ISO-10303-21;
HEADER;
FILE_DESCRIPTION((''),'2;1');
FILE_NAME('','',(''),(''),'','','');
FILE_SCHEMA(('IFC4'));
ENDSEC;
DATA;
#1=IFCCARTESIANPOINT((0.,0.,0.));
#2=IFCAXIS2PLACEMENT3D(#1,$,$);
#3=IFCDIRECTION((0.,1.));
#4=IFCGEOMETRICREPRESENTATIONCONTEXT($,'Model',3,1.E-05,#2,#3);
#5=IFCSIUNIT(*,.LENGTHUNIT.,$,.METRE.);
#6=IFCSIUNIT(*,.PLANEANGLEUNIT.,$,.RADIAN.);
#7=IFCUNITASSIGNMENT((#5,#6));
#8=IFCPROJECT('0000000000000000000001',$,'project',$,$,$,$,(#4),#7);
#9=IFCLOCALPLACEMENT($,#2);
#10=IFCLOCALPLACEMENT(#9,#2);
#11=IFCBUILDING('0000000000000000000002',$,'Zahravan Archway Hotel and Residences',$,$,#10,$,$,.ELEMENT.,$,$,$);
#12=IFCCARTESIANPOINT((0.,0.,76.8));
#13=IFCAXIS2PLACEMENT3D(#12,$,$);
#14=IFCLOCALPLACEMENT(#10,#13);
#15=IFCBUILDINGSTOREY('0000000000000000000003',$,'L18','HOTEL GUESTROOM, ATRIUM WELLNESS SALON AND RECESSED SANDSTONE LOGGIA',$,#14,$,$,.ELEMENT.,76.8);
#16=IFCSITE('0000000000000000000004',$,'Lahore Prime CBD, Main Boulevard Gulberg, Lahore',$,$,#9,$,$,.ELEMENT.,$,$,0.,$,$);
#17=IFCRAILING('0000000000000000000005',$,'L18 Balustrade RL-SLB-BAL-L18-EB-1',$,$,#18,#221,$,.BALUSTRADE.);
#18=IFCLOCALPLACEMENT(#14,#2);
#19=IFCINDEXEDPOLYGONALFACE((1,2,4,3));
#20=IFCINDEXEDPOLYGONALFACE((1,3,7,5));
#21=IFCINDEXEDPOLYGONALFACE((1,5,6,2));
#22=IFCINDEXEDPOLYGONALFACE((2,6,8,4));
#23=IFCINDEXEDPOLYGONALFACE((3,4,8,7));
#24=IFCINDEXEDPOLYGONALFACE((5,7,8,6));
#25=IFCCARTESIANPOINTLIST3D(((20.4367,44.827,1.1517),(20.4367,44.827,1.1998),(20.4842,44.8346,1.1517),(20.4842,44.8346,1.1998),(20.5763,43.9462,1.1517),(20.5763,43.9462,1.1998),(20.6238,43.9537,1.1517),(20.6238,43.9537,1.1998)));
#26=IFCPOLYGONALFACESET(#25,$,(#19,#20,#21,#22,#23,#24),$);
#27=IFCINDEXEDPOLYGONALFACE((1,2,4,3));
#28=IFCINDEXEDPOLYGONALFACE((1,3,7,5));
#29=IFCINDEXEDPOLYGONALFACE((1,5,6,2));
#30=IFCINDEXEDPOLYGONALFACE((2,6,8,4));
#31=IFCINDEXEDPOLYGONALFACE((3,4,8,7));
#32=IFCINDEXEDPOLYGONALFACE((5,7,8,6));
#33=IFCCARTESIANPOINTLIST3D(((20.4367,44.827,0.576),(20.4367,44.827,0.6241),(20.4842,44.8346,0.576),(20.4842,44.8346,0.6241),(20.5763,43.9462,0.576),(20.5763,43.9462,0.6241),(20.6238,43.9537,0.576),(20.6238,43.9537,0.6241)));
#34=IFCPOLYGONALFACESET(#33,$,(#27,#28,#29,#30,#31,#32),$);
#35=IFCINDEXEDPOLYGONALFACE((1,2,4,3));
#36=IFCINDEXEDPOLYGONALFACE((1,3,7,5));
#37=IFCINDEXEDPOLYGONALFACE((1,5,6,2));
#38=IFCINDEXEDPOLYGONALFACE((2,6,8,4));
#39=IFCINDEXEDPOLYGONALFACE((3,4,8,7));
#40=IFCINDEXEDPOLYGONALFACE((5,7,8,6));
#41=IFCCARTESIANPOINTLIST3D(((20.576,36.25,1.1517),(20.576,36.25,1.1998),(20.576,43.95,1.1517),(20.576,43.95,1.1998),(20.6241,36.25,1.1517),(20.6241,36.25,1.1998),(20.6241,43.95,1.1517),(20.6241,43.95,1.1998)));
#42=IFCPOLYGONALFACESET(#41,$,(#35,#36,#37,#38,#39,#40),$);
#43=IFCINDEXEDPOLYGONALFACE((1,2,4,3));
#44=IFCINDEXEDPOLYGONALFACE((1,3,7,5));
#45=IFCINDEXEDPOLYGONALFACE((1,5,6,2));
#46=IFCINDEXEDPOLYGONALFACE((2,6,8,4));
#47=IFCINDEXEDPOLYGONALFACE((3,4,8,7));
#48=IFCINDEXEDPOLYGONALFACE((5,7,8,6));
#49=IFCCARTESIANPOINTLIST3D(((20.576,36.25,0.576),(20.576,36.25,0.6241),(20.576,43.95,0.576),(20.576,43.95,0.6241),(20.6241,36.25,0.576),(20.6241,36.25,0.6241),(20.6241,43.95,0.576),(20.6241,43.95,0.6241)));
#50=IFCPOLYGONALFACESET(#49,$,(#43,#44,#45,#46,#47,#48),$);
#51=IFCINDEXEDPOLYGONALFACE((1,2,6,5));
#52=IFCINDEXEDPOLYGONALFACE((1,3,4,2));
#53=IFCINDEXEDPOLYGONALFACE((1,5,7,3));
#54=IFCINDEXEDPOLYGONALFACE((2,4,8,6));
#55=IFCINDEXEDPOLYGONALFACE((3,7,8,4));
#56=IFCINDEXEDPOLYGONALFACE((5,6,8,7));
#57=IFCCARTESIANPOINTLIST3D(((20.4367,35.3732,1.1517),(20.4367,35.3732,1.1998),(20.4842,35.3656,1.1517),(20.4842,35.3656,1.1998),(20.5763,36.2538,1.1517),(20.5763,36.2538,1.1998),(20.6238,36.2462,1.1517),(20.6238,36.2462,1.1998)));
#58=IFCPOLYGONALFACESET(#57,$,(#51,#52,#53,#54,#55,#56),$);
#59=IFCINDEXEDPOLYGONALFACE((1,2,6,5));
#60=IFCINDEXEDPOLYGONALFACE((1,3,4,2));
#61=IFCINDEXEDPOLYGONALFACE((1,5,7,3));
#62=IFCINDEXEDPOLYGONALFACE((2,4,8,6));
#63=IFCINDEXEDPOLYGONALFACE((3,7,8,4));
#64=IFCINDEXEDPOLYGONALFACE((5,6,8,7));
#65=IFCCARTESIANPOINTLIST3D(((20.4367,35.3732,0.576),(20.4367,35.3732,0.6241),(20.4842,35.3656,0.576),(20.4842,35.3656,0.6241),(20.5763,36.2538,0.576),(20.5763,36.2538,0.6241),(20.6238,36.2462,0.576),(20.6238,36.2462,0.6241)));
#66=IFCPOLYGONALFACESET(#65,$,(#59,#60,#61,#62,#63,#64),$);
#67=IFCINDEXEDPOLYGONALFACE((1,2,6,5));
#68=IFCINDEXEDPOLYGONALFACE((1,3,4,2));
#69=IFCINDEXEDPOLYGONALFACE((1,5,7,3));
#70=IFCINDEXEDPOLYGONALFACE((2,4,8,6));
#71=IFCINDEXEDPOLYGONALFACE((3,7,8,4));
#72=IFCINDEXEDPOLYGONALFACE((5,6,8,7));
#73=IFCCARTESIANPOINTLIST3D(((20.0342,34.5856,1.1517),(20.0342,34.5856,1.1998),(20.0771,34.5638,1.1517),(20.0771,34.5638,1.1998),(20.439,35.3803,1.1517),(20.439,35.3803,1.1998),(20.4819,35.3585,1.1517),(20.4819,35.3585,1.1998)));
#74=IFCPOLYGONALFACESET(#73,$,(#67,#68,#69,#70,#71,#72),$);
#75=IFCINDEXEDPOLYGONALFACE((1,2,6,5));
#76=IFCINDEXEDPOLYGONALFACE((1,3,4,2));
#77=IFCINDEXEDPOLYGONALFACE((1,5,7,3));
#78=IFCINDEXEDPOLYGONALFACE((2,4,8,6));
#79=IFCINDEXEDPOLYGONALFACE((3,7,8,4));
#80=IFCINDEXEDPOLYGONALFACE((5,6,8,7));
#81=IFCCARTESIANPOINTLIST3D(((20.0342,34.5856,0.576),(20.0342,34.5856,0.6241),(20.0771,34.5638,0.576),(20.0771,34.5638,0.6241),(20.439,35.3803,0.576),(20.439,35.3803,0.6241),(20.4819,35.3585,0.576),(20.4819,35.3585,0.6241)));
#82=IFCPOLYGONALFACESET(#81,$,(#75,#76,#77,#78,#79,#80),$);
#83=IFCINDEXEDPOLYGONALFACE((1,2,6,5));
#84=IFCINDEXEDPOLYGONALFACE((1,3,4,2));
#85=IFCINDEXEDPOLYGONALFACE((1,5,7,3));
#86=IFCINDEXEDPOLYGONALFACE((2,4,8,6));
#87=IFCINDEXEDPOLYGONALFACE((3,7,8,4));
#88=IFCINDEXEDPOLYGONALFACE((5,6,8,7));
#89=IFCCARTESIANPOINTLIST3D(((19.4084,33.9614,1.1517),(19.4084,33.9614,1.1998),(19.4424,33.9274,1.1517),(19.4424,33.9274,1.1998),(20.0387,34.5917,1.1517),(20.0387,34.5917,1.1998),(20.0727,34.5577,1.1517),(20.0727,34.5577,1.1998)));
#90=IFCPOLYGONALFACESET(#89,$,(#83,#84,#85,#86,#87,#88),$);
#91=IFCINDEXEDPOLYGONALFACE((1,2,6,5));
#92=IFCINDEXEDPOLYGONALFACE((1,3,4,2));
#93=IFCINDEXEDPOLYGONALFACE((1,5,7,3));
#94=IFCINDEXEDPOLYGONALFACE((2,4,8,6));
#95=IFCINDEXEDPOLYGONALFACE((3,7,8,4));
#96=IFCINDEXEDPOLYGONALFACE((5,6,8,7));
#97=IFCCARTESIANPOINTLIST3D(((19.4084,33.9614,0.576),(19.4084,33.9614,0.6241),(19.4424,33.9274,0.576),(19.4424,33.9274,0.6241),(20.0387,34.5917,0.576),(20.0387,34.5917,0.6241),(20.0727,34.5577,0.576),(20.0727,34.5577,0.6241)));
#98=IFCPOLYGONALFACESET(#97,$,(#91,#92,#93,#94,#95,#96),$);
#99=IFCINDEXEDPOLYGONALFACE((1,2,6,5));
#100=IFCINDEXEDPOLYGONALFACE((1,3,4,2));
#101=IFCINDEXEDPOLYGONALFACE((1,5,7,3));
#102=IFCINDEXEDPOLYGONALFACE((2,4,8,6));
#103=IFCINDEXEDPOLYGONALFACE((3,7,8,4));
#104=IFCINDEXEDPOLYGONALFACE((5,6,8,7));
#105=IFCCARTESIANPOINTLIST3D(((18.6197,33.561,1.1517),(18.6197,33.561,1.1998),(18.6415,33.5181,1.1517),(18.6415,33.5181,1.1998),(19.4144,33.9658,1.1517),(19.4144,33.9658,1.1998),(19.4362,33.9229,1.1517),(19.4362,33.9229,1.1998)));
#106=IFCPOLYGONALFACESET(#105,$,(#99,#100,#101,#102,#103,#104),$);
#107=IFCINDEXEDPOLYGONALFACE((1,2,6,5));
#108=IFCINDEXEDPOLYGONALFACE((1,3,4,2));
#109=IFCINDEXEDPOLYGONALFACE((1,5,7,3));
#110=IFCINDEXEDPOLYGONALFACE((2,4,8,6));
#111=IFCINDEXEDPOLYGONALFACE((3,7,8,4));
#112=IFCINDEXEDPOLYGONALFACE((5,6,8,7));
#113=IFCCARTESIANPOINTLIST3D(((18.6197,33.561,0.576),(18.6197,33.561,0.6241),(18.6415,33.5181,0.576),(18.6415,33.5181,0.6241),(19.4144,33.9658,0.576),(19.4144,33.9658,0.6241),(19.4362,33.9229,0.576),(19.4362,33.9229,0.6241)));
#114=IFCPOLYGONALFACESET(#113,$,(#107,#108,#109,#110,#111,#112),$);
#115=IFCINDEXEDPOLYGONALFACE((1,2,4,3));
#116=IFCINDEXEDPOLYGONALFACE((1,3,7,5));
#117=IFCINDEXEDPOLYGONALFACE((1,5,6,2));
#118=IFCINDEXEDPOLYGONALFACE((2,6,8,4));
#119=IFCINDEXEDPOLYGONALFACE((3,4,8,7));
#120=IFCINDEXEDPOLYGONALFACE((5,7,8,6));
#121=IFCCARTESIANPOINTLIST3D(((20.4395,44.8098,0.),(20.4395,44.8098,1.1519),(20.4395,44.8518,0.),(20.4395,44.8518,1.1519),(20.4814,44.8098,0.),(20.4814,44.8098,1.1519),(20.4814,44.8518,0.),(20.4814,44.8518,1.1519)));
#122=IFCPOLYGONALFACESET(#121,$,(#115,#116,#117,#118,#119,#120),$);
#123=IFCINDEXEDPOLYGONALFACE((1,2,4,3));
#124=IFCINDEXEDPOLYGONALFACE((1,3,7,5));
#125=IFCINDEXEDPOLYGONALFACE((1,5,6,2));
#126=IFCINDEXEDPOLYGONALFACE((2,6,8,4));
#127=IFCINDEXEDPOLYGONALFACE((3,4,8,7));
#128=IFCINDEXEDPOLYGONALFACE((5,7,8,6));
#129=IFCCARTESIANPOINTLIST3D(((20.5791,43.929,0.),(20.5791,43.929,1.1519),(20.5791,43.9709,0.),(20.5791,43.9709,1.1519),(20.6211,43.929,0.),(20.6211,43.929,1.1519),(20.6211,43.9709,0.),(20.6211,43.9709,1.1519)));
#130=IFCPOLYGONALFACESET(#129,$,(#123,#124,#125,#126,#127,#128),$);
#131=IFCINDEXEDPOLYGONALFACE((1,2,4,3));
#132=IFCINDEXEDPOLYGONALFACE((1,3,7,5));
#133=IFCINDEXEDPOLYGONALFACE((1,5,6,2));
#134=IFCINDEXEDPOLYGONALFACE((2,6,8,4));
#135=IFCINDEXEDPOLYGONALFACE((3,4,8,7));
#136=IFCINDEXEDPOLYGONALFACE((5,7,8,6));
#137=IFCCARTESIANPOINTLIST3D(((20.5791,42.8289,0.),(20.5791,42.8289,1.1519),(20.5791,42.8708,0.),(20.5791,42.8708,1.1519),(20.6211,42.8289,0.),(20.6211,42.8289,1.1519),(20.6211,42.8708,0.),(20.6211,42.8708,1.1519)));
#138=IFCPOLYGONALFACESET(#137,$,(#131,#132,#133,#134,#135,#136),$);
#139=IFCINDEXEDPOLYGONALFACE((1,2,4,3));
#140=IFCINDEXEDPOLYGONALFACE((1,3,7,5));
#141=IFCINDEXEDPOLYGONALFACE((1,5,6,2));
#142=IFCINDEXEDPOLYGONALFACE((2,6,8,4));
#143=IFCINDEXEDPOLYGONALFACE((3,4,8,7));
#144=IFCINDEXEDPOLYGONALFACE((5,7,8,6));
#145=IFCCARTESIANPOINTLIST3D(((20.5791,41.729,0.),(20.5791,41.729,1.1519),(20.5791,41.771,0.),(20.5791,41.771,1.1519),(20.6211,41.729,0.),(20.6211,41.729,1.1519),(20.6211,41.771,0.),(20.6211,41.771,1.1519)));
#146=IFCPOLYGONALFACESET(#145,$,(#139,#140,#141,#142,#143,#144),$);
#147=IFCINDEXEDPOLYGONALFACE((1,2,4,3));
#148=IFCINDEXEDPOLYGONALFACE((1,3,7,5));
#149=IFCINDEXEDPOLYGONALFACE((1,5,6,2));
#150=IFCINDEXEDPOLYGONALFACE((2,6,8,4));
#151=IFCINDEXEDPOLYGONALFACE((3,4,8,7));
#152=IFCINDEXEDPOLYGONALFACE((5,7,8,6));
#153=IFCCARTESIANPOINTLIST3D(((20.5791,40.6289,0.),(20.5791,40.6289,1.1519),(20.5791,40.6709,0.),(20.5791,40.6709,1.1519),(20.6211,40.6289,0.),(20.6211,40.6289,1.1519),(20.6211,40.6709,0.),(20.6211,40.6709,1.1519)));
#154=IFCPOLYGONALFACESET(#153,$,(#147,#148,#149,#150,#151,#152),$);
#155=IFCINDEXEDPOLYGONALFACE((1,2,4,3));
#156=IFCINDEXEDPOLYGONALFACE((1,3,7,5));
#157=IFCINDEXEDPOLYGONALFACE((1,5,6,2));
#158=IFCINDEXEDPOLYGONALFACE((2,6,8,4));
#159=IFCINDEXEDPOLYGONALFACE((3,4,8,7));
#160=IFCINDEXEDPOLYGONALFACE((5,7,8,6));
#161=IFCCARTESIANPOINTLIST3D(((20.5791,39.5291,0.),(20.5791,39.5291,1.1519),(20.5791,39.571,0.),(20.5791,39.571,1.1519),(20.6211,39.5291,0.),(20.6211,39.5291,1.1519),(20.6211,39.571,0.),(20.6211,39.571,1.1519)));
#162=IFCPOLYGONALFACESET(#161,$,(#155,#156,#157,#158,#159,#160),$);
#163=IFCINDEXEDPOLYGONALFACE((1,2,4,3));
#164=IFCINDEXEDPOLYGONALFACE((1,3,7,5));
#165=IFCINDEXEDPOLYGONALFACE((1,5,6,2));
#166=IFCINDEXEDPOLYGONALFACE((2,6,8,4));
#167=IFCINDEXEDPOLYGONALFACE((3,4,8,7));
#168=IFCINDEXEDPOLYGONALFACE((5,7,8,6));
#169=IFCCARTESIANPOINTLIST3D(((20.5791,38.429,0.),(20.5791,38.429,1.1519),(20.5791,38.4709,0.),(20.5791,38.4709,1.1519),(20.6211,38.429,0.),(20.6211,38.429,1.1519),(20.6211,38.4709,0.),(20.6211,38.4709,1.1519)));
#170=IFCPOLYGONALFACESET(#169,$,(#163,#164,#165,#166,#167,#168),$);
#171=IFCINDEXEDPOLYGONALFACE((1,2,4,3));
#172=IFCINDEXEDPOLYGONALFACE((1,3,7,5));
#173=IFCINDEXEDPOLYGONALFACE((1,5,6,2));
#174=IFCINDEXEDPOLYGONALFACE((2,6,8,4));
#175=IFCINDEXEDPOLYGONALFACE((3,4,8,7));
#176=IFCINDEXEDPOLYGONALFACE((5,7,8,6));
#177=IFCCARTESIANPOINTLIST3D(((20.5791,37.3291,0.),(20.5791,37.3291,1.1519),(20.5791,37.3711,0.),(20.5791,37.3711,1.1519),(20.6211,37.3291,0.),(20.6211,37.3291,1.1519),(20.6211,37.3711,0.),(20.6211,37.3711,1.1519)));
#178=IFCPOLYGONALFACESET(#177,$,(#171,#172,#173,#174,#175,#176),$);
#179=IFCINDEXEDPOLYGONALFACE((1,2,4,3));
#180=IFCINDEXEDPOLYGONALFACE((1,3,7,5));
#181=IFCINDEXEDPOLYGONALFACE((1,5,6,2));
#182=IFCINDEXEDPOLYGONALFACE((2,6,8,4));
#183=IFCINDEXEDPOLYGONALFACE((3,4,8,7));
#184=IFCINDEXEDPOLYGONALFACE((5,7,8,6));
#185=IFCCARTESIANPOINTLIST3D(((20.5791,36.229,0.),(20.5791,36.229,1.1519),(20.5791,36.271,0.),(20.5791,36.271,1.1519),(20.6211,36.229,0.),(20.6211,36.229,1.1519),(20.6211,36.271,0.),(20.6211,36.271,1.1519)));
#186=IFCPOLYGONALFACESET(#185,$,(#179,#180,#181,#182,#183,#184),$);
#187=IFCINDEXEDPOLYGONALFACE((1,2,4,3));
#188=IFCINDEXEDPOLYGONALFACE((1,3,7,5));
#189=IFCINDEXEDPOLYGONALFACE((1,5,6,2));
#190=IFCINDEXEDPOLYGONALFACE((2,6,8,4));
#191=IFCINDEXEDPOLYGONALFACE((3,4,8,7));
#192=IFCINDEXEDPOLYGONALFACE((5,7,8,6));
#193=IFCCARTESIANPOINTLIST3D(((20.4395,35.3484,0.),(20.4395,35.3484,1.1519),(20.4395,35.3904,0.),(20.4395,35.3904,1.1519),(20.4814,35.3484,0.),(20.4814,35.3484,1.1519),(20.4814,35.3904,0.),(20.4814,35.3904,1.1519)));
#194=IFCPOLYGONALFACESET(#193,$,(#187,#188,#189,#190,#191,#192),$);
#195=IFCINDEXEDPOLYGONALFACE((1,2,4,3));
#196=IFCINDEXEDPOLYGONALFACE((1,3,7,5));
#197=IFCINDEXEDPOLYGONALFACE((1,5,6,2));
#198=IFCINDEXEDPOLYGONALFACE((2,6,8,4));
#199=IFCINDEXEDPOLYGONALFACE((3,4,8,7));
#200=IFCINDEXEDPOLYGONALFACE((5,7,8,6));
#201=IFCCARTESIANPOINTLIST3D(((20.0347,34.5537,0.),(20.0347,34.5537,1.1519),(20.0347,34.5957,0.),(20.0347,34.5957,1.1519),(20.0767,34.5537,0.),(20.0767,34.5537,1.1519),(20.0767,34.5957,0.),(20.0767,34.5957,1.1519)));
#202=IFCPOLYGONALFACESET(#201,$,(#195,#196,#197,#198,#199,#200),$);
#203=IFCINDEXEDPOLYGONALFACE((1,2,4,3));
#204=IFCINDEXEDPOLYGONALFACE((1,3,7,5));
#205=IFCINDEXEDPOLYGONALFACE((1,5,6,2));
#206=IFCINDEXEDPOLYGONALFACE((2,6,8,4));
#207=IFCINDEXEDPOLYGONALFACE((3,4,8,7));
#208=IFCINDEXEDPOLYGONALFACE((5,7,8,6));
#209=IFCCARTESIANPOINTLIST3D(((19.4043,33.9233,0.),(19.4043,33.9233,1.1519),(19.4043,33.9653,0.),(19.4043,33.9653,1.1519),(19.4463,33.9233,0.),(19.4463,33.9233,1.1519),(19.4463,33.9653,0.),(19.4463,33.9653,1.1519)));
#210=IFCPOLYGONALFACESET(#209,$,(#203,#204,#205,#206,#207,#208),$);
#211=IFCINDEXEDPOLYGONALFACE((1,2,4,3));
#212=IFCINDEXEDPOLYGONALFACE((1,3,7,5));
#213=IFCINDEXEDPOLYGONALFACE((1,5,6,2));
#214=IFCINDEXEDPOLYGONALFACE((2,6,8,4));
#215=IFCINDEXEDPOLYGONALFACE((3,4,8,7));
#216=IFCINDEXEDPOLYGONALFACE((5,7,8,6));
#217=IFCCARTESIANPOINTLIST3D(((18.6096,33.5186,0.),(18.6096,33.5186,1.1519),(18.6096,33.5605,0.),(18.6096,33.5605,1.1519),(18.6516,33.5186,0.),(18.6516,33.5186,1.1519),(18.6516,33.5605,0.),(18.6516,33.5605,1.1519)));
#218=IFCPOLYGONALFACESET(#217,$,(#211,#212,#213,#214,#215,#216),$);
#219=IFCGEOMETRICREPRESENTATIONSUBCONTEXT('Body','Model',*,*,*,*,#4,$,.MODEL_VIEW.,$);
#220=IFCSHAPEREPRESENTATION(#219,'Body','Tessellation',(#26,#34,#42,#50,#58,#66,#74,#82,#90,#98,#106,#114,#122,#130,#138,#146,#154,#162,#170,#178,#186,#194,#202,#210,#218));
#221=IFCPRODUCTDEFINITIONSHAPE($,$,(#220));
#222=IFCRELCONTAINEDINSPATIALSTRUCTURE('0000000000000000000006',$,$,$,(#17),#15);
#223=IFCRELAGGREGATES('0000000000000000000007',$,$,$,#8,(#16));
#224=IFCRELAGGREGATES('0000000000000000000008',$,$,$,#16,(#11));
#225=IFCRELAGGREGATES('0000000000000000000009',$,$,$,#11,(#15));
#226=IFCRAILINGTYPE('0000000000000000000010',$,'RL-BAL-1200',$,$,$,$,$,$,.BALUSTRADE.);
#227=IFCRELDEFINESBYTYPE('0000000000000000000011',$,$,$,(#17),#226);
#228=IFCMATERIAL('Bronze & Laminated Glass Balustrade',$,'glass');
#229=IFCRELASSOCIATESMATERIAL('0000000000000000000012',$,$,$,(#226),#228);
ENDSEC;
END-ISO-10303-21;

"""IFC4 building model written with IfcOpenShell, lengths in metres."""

from ifc_helpers import new_model, si_unit, direction, frame, origin, origin_2d, place, context, subcontext, project, spatial, rectangle, extrude, material, type_object, element, save


model = new_model("IFC4")

# Units and contexts
model_context = context("Model", 3, precision=1e-05, world=origin(), true_north=direction((0.0, 1.0)))
body_context = subcontext(model_context, "Body", "Model", "MODEL_VIEW")
ifc_project = project(units=[si_unit("LENGTHUNIT", "METRE"), si_unit("PLANEANGLEUNIT", "RADIAN")], contexts=[model_context])

# Site, building, storey
site_placement = place(None, origin())
site = spatial("IfcSite", under=ifc_project, at=site_placement, Name="Lahore Prime CBD, Main Boulevard Gulberg, Lahore", CompositionType="ELEMENT", RefElevation=0.0)
building_placement = place(site_placement, origin())
building = spatial("IfcBuilding", under=site, at=building_placement, Name="Zahravan Archway Hotel and Residences", CompositionType="ELEMENT")
storey_placement = place(building_placement, frame((0.0, 0.0, 76.8)))
storey = spatial("IfcBuildingStorey", under=building, at=storey_placement, Name="L18", Description="HOTEL GUESTROOM, ATRIUM WELLNESS SALON AND RECESSED SANDSTONE LOGGIA", CompositionType="ELEMENT", Elevation=76.8)

# Railing
ifc_material_1 = material(Name="Bronze & Laminated Glass Balustrade", Category="glass")
railing_type = type_object("IfcRailingType", Name="RL-BAL-1200", PredefinedType="BALUSTRADE", material=ifc_material_1)
railing_placement = place(storey_placement, frame((20.4604, 44.8308, 0.0)))
element("IfcRailing", 1, at=railing_placement, inside=storey, type_object=railing_type, Name="L18 Balustrade RL-SLB-BAL-L18-EB-1", PredefinedType="BALUSTRADE", context=body_context, shape_type="SweptSolid", body=[
    extrude(rectangle(XDim=0.0481, YDim=0.0481, at=origin_2d()), frame((0.0, 0.0, 1.1758), z_axis=(0.156581, -0.987665, 0.0), x_axis=(0.987665, 0.156581, 0.0)), (0.0, 0.0, 1.0), 0.8918),
    extrude(rectangle(XDim=0.0481, YDim=0.0481, at=origin_2d()), frame((0.0, 0.0, 0.6001), z_axis=(0.156581, -0.987665, 0.0), x_axis=(0.987665, 0.156581, 0.0)), (0.0, 0.0, 1.0), 0.8918),
    extrude(rectangle(XDim=0.0481, YDim=0.0481, at=origin_2d()), frame((0.1396, -0.8809, 1.1758), z_axis=(0.0, -1.0, 0.0), x_axis=(1.0, 0.0, 0.0)), (0.0, 0.0, 1.0), 7.7),
    extrude(rectangle(XDim=0.0481, YDim=0.0481, at=origin_2d()), frame((0.1396, -0.8809, 0.6001), z_axis=(0.0, -1.0, 0.0), x_axis=(1.0, 0.0, 0.0)), (0.0, 0.0, 1.0), 7.7),
    extrude(rectangle(XDim=0.0481, YDim=0.0481, at=origin_2d()), frame((0.1396, -8.5808, 1.1758), z_axis=(-0.156623, -0.987658, 0.0), x_axis=(0.987658, -0.156623, 0.0)), (0.0, 0.0, 1.0), 0.8916),
    extrude(rectangle(XDim=0.0481, YDim=0.0481, at=origin_2d()), frame((0.1396, -8.5808, 0.6001), z_axis=(-0.156623, -0.987658, 0.0), x_axis=(0.987658, -0.156623, 0.0)), (0.0, 0.0, 1.0), 0.8916),
    extrude(rectangle(XDim=0.0481, YDim=0.0481, at=origin_2d()), frame((0.0, -9.4614, 1.1758), z_axis=(-0.453881, -0.891062, 0.0), x_axis=(0.891062, -0.453881, 0.0)), (0.0, 0.0, 1.0), 0.8918),
    extrude(rectangle(XDim=0.0481, YDim=0.0481, at=origin_2d()), frame((0.0, -9.4614, 0.6001), z_axis=(-0.453881, -0.891062, 0.0), x_axis=(0.891062, -0.453881, 0.0)), (0.0, 0.0, 1.0), 0.8918),
    extrude(rectangle(XDim=0.0481, YDim=0.0481, at=origin_2d()), frame((-0.4048, -10.2561, 1.1758), z_axis=(-0.707107, -0.707107, 0.0), x_axis=(0.707107, -0.707107, 0.0)), (0.0, 0.0, 1.0), 0.8914),
    extrude(rectangle(XDim=0.0481, YDim=0.0481, at=origin_2d()), frame((-0.4048, -10.2561, 0.6001), z_axis=(-0.707107, -0.707107, 0.0), x_axis=(0.707107, -0.707107, 0.0)), (0.0, 0.0, 1.0), 0.8914),
    extrude(rectangle(XDim=0.0481, YDim=0.0481, at=origin_2d()), frame((-1.0352, -10.8865, 1.1758), z_axis=(-0.891062, -0.453881, 0.0), x_axis=(0.453881, -0.891062, 0.0)), (0.0, 0.0, 1.0), 0.8918),
    extrude(rectangle(XDim=0.0481, YDim=0.0481, at=origin_2d()), frame((-1.0352, -10.8865, 0.6001), z_axis=(-0.891062, -0.453881, 0.0), x_axis=(0.453881, -0.891062, 0.0)), (0.0, 0.0, 1.0), 0.8918),
    extrude(rectangle(XDim=0.042, YDim=0.042, at=origin_2d()), origin(), (0.0, 0.0, 1.0), 1.1519),
    extrude(rectangle(XDim=0.042, YDim=0.042, at=origin_2d()), frame((0.1396, -0.8809, 0.0)), (0.0, 0.0, 1.0), 1.1519),
    extrude(rectangle(XDim=0.042, YDim=0.042, at=origin_2d()), frame((0.1396, -1.981, 0.0)), (0.0, 0.0, 1.0), 1.1519),
    extrude(rectangle(XDim=0.042, YDim=0.042, at=origin_2d()), frame((0.1396, -3.0808, 0.0)), (0.0, 0.0, 1.0), 1.1519),
    extrude(rectangle(XDim=0.042, YDim=0.042, at=origin_2d()), frame((0.1396, -4.1809, 0.0)), (0.0, 0.0, 1.0), 1.1519),
    extrude(rectangle(XDim=0.042, YDim=0.042, at=origin_2d()), frame((0.1396, -5.2808, 0.0)), (0.0, 0.0, 1.0), 1.1519),
    extrude(rectangle(XDim=0.042, YDim=0.042, at=origin_2d()), frame((0.1396, -6.3809, 0.0)), (0.0, 0.0, 1.0), 1.1519),
    extrude(rectangle(XDim=0.042, YDim=0.042, at=origin_2d()), frame((0.1396, -7.4807, 0.0)), (0.0, 0.0, 1.0), 1.1519),
    extrude(rectangle(XDim=0.042, YDim=0.042, at=origin_2d()), frame((0.1396, -8.5808, 0.0)), (0.0, 0.0, 1.0), 1.1519),
    extrude(rectangle(XDim=0.042, YDim=0.042, at=origin_2d()), frame((0.0, -9.4614, 0.0)), (0.0, 0.0, 1.0), 1.1519),
    extrude(rectangle(XDim=0.042, YDim=0.042, at=origin_2d()), frame((-0.4048, -10.2561, 0.0)), (0.0, 0.0, 1.0), 1.1519),
    extrude(rectangle(XDim=0.042, YDim=0.042, at=origin_2d()), frame((-1.0352, -10.8865, 0.0)), (0.0, 0.0, 1.0), 1.1519),
    extrude(rectangle(XDim=0.042, YDim=0.042, at=origin_2d()), frame((-1.8298, -11.2913, 0.0)), (0.0, 0.0, 1.0), 1.1519),
])

save(model, "model.ifc")
